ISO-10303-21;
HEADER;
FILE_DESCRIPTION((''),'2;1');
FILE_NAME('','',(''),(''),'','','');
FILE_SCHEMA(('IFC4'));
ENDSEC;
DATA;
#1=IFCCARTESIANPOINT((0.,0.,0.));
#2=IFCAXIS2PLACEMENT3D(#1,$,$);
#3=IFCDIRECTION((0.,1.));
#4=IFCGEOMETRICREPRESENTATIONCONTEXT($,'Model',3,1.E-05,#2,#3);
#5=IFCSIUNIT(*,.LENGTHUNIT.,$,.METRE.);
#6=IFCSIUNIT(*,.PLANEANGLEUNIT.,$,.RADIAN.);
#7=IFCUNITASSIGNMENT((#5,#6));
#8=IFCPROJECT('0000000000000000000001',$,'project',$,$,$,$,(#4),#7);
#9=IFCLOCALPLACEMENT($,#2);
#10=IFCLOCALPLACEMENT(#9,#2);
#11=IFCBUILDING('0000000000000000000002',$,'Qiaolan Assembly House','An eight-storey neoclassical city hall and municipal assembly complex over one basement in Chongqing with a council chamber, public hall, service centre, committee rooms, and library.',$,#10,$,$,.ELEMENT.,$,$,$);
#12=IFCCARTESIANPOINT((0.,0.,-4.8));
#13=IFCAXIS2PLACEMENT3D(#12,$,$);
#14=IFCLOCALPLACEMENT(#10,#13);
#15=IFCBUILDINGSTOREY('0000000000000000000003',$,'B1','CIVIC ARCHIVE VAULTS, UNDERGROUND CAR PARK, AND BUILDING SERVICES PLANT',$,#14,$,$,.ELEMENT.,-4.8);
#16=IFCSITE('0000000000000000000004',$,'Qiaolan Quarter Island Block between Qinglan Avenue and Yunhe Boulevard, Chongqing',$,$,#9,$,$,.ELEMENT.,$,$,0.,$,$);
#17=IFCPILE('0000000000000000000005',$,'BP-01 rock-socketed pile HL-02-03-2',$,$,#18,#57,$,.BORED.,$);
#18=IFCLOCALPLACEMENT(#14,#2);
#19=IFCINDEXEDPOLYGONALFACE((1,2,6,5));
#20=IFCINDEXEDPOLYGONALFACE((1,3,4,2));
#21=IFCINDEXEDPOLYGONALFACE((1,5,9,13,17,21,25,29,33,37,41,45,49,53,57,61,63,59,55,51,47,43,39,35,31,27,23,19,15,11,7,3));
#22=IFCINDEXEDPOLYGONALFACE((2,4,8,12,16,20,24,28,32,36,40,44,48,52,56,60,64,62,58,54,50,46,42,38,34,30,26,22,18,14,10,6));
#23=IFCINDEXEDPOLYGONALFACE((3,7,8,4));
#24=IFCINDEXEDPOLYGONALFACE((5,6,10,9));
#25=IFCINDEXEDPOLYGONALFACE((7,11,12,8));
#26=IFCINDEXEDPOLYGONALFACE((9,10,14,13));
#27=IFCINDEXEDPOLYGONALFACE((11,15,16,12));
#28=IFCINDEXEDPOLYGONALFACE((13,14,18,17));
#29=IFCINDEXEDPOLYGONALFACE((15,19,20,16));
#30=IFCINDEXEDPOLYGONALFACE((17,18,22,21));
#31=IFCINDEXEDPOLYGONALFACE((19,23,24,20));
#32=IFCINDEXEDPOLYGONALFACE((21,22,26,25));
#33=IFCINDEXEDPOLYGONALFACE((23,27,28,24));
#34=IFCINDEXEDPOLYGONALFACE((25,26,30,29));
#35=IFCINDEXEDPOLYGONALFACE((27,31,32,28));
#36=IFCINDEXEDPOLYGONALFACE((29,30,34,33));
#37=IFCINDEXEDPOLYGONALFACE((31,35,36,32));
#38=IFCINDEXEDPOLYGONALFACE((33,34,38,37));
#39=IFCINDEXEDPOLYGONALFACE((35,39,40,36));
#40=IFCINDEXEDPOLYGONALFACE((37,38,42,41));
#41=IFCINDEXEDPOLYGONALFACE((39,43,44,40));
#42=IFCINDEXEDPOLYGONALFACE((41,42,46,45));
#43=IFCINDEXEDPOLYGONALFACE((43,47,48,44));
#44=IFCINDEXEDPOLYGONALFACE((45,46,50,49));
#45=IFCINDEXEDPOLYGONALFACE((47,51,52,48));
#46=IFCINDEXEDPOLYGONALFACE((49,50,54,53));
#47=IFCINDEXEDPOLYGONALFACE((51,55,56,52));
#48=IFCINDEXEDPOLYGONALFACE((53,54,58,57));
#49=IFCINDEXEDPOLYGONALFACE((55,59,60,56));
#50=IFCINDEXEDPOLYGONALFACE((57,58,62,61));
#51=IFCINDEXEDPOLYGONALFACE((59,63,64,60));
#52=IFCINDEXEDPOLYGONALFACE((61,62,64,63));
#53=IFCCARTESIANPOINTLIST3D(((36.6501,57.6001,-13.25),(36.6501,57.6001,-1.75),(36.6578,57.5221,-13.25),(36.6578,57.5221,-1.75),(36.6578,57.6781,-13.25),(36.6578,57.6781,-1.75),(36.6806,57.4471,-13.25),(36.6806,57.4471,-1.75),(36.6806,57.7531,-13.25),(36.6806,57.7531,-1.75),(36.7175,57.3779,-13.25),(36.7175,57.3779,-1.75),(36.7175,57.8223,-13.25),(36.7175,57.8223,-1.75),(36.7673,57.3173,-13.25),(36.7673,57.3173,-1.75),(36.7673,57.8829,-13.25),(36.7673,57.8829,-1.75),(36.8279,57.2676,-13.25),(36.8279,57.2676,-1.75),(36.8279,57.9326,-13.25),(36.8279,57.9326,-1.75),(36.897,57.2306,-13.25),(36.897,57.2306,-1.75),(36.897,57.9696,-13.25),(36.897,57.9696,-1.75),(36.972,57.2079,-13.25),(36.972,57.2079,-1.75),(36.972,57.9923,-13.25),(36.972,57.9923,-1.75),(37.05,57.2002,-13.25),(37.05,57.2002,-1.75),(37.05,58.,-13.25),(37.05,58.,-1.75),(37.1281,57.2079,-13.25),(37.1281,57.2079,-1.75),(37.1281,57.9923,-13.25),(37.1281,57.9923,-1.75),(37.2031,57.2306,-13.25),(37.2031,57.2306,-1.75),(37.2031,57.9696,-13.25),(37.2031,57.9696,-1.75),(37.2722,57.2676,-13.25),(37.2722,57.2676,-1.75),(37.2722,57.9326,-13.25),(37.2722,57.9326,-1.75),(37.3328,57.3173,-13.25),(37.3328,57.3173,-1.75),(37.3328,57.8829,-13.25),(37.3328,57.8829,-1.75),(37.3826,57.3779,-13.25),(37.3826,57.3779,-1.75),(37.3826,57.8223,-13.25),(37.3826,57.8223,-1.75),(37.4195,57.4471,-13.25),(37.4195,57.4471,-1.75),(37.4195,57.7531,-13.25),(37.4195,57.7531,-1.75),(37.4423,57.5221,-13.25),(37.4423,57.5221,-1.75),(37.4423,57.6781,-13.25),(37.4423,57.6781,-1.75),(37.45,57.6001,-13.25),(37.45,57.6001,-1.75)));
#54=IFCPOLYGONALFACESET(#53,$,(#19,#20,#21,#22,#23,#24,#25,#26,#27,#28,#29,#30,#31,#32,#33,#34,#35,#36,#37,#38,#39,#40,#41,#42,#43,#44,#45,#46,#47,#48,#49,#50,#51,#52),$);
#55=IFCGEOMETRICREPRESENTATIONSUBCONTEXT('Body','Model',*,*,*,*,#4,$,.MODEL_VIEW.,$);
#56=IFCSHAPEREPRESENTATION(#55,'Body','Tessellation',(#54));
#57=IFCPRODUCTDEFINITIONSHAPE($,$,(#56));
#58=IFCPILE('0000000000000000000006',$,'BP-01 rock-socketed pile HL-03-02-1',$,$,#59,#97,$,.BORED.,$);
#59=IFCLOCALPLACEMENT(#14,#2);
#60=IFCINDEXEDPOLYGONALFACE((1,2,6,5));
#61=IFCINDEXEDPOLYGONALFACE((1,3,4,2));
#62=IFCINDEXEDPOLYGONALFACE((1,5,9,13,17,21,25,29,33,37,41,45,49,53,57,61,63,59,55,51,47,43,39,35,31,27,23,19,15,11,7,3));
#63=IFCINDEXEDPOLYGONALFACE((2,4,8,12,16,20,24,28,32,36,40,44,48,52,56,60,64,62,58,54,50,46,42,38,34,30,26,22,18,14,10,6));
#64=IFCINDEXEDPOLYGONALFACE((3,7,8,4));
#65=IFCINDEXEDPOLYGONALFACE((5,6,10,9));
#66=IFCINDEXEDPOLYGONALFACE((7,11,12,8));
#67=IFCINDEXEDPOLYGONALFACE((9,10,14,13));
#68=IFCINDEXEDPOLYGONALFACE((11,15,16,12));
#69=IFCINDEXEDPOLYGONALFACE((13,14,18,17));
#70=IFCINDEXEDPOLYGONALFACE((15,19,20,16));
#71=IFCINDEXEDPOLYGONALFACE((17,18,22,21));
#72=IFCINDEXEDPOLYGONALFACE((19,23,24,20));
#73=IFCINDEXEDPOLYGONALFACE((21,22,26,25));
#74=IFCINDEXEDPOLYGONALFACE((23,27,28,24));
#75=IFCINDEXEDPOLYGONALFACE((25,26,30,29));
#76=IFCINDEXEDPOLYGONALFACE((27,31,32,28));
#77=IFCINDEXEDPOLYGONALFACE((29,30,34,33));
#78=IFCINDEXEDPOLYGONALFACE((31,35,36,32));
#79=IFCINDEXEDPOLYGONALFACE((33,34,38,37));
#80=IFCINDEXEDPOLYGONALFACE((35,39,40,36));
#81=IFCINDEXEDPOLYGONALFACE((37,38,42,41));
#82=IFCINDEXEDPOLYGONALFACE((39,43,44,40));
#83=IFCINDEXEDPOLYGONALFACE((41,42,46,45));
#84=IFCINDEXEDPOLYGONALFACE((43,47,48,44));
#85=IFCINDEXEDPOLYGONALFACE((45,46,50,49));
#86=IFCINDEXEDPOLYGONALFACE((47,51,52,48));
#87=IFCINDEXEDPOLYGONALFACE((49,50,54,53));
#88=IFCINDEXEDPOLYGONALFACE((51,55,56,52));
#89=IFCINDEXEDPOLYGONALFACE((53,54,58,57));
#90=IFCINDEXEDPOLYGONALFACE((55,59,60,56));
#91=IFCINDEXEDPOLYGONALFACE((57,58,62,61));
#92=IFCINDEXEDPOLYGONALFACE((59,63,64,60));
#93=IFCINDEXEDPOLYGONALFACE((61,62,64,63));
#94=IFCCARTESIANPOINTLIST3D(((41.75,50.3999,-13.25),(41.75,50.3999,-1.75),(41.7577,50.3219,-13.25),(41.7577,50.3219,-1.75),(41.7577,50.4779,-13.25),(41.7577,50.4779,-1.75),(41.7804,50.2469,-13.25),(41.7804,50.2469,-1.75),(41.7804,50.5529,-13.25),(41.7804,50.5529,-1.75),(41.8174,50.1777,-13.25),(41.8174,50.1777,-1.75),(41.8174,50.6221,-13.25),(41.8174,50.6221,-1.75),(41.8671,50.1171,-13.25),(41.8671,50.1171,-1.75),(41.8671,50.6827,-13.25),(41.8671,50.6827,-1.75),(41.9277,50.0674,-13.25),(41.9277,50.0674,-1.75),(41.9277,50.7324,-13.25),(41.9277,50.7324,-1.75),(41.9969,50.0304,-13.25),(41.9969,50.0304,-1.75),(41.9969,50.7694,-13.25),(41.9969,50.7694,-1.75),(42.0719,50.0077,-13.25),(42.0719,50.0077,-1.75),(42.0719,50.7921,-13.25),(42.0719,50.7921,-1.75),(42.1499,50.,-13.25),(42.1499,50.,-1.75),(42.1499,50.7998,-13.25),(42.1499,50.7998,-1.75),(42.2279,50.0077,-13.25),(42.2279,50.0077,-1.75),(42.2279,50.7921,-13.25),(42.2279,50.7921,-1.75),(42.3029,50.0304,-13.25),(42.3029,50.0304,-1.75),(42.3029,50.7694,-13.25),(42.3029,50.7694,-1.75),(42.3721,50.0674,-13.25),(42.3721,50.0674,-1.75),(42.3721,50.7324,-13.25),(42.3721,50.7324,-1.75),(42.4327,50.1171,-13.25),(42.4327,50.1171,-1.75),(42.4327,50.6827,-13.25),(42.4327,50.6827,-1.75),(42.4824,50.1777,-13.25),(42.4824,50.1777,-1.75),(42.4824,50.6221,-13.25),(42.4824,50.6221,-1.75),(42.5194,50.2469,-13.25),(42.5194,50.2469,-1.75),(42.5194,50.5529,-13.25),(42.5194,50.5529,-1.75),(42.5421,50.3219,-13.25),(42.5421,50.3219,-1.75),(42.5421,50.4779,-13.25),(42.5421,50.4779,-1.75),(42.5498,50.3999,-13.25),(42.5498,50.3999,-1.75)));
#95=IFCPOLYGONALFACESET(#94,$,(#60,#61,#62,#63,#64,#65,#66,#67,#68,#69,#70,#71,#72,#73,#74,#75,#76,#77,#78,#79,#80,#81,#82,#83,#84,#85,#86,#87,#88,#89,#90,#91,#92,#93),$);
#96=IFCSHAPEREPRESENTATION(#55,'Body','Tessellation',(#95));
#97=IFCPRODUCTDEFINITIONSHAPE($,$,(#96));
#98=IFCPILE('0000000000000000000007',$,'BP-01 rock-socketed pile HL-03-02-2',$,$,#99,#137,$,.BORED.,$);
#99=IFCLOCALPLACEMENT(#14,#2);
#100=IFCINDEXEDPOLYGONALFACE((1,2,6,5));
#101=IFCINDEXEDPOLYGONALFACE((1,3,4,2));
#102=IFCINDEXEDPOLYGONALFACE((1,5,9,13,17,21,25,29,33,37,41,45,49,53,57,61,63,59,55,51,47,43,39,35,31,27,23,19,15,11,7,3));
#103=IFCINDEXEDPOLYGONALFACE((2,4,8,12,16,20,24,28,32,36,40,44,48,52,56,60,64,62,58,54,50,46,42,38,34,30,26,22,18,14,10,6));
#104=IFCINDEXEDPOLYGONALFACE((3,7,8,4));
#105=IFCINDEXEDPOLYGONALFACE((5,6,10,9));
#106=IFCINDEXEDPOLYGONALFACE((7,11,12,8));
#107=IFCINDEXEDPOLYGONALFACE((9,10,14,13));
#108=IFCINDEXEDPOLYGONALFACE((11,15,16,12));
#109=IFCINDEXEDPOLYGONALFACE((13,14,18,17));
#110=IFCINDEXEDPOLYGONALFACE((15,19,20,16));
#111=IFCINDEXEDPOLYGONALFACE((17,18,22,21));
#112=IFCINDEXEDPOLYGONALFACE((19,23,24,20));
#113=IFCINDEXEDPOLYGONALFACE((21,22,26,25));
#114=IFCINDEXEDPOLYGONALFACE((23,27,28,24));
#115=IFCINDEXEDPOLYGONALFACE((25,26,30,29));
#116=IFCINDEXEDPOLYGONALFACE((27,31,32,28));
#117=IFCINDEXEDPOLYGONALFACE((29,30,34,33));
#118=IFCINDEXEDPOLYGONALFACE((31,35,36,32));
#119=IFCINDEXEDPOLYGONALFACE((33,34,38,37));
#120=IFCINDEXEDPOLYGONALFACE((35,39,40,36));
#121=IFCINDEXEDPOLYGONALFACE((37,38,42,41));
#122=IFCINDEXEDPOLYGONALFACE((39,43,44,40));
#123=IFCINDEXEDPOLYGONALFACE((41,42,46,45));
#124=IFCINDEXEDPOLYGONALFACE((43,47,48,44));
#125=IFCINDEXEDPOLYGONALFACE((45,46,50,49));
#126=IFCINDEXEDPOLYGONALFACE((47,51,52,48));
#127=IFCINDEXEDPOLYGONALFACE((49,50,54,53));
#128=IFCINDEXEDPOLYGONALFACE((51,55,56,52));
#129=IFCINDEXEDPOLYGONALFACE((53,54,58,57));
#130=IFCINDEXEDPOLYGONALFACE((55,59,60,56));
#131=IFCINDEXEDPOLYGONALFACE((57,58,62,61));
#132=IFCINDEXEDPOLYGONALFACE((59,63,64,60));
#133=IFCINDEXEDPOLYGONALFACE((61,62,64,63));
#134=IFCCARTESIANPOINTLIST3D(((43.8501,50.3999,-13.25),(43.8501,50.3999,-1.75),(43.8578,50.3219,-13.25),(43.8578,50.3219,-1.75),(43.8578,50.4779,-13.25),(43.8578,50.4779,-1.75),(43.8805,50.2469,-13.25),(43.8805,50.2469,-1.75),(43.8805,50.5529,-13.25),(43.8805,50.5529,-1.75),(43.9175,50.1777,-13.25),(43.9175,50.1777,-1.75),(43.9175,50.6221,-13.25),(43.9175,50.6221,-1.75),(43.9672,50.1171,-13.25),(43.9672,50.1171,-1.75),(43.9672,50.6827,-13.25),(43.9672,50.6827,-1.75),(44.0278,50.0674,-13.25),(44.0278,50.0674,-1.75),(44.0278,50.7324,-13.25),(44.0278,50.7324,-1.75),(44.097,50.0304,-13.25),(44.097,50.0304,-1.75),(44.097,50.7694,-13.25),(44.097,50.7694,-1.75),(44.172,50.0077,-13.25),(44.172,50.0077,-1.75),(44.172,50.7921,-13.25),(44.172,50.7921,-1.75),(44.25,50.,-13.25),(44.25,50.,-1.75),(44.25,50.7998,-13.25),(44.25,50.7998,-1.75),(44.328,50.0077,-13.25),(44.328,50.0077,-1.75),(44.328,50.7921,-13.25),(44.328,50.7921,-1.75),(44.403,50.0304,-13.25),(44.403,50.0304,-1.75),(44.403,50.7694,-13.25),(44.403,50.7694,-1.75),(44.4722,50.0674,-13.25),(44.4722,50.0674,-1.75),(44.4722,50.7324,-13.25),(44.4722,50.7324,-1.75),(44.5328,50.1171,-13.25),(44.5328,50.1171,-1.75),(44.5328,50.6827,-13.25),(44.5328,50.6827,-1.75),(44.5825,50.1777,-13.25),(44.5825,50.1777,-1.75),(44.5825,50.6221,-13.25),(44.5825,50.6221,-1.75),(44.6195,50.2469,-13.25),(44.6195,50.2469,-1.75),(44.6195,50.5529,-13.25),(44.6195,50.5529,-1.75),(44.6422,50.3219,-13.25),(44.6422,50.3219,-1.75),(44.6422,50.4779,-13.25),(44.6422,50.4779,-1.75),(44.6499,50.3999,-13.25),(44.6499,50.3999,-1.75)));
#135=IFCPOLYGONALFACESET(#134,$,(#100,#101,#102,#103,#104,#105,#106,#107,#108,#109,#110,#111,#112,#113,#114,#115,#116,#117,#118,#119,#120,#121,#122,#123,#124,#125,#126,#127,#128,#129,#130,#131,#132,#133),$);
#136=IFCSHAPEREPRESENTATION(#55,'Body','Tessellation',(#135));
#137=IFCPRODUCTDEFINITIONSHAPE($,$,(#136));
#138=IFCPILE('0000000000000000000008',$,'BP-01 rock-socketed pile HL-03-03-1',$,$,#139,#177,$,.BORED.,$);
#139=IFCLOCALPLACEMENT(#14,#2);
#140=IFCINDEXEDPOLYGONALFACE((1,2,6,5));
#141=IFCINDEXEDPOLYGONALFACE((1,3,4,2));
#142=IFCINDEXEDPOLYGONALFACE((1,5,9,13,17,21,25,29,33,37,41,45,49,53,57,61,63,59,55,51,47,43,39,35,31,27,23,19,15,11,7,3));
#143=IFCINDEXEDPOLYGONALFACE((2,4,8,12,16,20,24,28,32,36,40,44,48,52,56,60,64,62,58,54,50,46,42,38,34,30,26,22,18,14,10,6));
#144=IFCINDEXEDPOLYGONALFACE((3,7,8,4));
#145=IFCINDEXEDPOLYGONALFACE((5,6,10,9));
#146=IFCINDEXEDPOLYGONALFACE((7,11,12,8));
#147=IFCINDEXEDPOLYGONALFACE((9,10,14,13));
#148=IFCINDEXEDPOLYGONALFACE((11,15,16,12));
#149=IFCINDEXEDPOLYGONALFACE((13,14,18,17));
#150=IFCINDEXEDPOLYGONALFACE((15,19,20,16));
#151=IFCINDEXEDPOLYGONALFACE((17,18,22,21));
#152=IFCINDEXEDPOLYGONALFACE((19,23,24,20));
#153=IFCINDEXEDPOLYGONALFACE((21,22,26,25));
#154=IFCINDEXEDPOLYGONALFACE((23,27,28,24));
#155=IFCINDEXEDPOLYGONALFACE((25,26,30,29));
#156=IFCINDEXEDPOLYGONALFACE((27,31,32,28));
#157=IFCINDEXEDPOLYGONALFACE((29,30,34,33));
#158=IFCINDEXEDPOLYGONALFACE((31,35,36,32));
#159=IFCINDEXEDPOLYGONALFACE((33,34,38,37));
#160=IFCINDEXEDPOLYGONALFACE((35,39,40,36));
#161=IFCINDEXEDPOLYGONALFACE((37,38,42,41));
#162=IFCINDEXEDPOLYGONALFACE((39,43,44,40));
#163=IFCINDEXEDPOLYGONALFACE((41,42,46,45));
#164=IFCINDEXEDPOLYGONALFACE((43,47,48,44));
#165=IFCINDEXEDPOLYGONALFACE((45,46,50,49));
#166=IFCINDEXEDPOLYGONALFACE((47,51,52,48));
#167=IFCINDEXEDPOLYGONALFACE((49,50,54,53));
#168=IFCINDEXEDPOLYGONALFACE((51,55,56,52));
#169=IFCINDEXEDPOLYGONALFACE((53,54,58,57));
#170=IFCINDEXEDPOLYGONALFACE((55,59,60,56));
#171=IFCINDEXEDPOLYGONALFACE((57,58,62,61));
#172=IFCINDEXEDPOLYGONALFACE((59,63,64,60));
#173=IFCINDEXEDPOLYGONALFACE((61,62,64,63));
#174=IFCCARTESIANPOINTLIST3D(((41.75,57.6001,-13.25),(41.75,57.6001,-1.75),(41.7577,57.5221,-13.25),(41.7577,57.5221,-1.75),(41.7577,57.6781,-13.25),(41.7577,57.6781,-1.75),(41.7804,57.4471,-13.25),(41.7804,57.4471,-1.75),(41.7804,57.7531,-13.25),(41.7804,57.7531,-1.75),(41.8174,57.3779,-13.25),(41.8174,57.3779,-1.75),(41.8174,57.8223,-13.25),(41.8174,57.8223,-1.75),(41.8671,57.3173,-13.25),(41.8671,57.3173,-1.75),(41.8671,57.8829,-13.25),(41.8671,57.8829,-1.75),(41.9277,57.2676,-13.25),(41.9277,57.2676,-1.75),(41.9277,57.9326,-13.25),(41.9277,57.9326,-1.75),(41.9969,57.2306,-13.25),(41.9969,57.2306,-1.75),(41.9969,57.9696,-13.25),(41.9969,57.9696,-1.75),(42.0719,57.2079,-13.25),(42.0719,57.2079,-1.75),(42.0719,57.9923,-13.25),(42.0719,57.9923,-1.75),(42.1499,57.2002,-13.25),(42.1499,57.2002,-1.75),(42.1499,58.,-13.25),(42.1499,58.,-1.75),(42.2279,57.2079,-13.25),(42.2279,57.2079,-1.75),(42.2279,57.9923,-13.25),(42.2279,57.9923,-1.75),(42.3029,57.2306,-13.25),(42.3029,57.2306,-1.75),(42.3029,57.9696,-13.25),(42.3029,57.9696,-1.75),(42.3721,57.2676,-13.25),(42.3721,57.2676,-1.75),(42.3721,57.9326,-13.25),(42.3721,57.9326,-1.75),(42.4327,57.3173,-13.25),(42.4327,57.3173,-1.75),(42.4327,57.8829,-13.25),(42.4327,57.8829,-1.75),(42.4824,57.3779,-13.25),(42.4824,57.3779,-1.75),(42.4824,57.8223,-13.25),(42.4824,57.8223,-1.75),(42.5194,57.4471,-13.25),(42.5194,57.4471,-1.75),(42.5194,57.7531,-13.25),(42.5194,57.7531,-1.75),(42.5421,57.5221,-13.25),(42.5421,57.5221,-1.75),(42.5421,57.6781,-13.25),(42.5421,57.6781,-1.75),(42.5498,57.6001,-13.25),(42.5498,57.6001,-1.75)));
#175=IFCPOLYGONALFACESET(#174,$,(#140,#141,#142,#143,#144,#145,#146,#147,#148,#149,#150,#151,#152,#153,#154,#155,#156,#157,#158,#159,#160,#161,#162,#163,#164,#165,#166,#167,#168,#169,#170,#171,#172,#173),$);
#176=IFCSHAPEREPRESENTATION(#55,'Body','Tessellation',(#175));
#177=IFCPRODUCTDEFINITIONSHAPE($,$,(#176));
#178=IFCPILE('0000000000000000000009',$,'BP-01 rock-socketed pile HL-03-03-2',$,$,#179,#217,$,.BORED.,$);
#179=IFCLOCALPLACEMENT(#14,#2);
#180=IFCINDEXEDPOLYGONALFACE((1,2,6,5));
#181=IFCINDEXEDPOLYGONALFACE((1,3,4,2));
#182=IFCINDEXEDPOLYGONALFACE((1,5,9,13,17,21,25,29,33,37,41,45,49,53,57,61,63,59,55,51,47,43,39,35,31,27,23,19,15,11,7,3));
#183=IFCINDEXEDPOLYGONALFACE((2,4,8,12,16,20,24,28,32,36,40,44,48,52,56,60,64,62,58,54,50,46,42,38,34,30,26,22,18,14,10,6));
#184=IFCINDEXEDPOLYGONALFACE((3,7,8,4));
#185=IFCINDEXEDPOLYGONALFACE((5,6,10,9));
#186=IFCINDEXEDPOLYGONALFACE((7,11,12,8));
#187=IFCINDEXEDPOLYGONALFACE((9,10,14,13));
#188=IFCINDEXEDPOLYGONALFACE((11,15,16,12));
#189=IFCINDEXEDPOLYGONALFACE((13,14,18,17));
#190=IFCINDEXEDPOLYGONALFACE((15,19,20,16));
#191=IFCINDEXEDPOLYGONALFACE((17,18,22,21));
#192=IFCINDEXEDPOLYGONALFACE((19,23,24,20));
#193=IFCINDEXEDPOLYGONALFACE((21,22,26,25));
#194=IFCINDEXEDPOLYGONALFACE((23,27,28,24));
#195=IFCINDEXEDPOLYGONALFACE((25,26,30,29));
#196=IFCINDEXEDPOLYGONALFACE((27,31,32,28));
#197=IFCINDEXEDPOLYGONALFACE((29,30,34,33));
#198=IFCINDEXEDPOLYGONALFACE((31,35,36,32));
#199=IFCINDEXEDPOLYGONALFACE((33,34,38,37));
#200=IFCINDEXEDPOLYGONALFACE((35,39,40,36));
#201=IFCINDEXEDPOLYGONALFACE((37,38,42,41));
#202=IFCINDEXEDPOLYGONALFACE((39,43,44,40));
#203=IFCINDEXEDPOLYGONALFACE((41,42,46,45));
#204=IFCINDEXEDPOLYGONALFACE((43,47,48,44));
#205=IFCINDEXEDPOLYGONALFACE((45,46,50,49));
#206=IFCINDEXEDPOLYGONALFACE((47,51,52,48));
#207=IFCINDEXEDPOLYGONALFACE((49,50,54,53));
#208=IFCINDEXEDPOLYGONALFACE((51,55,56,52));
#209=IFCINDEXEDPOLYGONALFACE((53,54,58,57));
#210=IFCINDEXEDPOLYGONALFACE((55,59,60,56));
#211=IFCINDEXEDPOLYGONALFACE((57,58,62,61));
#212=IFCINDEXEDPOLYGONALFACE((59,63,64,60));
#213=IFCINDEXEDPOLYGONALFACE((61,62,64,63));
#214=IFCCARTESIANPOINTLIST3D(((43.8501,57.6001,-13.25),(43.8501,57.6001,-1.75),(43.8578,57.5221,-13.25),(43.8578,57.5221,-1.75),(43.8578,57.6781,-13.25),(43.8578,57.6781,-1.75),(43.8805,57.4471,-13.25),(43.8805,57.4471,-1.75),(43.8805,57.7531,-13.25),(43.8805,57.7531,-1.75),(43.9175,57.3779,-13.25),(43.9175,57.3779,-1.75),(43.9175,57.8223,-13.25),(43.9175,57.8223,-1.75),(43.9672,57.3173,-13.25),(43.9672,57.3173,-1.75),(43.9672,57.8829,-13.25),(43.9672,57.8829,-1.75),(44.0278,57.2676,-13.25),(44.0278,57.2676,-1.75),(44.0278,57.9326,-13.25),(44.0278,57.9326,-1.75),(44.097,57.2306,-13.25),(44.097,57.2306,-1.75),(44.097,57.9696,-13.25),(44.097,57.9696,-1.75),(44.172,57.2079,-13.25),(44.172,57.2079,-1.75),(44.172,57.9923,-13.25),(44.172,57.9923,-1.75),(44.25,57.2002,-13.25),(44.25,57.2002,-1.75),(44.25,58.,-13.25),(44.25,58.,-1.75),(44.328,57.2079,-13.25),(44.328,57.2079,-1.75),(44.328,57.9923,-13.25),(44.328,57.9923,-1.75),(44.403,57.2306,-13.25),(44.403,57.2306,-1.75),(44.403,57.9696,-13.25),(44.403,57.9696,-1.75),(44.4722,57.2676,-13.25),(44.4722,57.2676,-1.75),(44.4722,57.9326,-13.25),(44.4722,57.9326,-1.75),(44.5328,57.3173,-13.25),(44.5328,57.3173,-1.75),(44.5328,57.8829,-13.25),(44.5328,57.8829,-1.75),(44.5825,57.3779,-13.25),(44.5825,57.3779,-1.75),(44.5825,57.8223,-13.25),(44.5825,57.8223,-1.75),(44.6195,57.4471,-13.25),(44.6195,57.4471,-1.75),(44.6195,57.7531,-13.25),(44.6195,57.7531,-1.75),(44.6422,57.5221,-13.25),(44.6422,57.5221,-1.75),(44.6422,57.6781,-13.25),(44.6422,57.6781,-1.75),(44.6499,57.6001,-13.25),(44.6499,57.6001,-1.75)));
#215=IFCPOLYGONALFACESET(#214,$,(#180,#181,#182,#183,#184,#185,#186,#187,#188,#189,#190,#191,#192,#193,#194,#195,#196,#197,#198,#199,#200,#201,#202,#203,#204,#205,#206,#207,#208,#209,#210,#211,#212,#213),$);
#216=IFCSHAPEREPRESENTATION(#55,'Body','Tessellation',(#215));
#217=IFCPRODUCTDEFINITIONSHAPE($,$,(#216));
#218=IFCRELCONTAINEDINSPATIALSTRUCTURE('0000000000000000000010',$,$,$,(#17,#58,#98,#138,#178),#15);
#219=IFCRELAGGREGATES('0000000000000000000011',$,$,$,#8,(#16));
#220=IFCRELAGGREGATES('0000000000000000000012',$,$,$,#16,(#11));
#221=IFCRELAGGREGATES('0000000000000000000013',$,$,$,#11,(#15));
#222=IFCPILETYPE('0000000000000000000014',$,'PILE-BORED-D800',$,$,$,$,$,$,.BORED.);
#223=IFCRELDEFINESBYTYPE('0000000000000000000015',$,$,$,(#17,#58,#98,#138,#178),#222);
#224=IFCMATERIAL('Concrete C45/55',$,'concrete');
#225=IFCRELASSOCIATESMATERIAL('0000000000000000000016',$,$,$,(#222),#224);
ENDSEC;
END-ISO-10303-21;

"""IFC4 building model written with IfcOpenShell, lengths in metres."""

from ifc_helpers import new_model, si_unit, direction, frame, origin, origin_2d, place, context, subcontext, project, spatial, circle, extrude, material, material_profile, profile_set, type_object, element, save


model = new_model("IFC4")

# Units and contexts
model_context = context("Model", 3, precision=1e-05, world=origin(), true_north=direction((0.0, 1.0)))
body_context = subcontext(model_context, "Body", "Model", "MODEL_VIEW")
ifc_project = project(units=[si_unit("LENGTHUNIT", "METRE"), si_unit("PLANEANGLEUNIT", "RADIAN")], contexts=[model_context])

# Site, building, storey
site_placement = place(None, origin())
site = spatial("IfcSite", under=ifc_project, at=site_placement, Name="Qiaolan Quarter Island Block between Qinglan Avenue and Yunhe Boulevard, Chongqing", CompositionType="ELEMENT", RefElevation=0.0)
building_placement = place(site_placement, origin())
building = spatial("IfcBuilding", under=site, at=building_placement, Name="Qiaolan Assembly House", Description="An eight-storey neoclassical city hall and municipal assembly complex over one basement in Chongqing with a council chamber, public hall, service centre, committee rooms, and library.", CompositionType="ELEMENT")
storey_placement = place(building_placement, frame((0.0, 0.0, -4.8)))
storey = spatial("IfcBuildingStorey", under=building, at=storey_placement, Name="B1", Description="CIVIC ARCHIVE VAULTS, UNDERGROUND CAR PARK, AND BUILDING SERVICES PLANT", CompositionType="ELEMENT", Elevation=-4.8)

# Piles
ifc_material_1 = material(Name="Concrete C45/55", Category="concrete")
ifc_material_profile_1 = material_profile(ifc_material_1, circle(Radius=0.3999, at=origin_2d()), Name="PILE D800")
ifc_profile_set_1 = profile_set([ifc_material_profile_1], Name="Concrete C45/55")
pile_type = type_object("IfcPileType", Name="PILE-BORED-D800", PredefinedType="BORED", material=ifc_profile_set_1)
for number, where, z_axis, x_axis, name in (
    (1, (37.05, 57.6001, -1.75), (0.0, 0.0, -1.0), (1.0, 0.0, 0.0), "BP-01 rock-socketed pile HL-02-03-2"),
    (2, (42.1499, 50.3999, -1.75), (0.0, 0.0, -1.0), (1.0, 0.0, 0.0), "BP-01 rock-socketed pile HL-03-02-1"),
    (3, (44.25, 50.3999, -1.75), (0.0, 0.0, -1.0), (1.0, 0.0, 0.0), "BP-01 rock-socketed pile HL-03-02-2"),
    (4, (42.1499, 57.6001, -1.75), (0.0, 0.0, -1.0), (1.0, 0.0, 0.0), "BP-01 rock-socketed pile HL-03-03-1"),
    (5, (44.25, 57.6001, -1.75), (0.0, 0.0, -1.0), (1.0, 0.0, 0.0), "BP-01 rock-socketed pile HL-03-03-2"),
):
    element("IfcPile", number, at=place(storey_placement, frame(where, z_axis=z_axis, x_axis=x_axis)), inside=storey, type_object=pile_type, Name=name, PredefinedType="BORED", context=body_context, shape_type="SweptSolid", body=[
        extrude(circle(Radius=0.3999, at=origin_2d()), origin(), (0.0, 0.0, 1.0), 11.5),
    ])

save(model, "model.ifc")
